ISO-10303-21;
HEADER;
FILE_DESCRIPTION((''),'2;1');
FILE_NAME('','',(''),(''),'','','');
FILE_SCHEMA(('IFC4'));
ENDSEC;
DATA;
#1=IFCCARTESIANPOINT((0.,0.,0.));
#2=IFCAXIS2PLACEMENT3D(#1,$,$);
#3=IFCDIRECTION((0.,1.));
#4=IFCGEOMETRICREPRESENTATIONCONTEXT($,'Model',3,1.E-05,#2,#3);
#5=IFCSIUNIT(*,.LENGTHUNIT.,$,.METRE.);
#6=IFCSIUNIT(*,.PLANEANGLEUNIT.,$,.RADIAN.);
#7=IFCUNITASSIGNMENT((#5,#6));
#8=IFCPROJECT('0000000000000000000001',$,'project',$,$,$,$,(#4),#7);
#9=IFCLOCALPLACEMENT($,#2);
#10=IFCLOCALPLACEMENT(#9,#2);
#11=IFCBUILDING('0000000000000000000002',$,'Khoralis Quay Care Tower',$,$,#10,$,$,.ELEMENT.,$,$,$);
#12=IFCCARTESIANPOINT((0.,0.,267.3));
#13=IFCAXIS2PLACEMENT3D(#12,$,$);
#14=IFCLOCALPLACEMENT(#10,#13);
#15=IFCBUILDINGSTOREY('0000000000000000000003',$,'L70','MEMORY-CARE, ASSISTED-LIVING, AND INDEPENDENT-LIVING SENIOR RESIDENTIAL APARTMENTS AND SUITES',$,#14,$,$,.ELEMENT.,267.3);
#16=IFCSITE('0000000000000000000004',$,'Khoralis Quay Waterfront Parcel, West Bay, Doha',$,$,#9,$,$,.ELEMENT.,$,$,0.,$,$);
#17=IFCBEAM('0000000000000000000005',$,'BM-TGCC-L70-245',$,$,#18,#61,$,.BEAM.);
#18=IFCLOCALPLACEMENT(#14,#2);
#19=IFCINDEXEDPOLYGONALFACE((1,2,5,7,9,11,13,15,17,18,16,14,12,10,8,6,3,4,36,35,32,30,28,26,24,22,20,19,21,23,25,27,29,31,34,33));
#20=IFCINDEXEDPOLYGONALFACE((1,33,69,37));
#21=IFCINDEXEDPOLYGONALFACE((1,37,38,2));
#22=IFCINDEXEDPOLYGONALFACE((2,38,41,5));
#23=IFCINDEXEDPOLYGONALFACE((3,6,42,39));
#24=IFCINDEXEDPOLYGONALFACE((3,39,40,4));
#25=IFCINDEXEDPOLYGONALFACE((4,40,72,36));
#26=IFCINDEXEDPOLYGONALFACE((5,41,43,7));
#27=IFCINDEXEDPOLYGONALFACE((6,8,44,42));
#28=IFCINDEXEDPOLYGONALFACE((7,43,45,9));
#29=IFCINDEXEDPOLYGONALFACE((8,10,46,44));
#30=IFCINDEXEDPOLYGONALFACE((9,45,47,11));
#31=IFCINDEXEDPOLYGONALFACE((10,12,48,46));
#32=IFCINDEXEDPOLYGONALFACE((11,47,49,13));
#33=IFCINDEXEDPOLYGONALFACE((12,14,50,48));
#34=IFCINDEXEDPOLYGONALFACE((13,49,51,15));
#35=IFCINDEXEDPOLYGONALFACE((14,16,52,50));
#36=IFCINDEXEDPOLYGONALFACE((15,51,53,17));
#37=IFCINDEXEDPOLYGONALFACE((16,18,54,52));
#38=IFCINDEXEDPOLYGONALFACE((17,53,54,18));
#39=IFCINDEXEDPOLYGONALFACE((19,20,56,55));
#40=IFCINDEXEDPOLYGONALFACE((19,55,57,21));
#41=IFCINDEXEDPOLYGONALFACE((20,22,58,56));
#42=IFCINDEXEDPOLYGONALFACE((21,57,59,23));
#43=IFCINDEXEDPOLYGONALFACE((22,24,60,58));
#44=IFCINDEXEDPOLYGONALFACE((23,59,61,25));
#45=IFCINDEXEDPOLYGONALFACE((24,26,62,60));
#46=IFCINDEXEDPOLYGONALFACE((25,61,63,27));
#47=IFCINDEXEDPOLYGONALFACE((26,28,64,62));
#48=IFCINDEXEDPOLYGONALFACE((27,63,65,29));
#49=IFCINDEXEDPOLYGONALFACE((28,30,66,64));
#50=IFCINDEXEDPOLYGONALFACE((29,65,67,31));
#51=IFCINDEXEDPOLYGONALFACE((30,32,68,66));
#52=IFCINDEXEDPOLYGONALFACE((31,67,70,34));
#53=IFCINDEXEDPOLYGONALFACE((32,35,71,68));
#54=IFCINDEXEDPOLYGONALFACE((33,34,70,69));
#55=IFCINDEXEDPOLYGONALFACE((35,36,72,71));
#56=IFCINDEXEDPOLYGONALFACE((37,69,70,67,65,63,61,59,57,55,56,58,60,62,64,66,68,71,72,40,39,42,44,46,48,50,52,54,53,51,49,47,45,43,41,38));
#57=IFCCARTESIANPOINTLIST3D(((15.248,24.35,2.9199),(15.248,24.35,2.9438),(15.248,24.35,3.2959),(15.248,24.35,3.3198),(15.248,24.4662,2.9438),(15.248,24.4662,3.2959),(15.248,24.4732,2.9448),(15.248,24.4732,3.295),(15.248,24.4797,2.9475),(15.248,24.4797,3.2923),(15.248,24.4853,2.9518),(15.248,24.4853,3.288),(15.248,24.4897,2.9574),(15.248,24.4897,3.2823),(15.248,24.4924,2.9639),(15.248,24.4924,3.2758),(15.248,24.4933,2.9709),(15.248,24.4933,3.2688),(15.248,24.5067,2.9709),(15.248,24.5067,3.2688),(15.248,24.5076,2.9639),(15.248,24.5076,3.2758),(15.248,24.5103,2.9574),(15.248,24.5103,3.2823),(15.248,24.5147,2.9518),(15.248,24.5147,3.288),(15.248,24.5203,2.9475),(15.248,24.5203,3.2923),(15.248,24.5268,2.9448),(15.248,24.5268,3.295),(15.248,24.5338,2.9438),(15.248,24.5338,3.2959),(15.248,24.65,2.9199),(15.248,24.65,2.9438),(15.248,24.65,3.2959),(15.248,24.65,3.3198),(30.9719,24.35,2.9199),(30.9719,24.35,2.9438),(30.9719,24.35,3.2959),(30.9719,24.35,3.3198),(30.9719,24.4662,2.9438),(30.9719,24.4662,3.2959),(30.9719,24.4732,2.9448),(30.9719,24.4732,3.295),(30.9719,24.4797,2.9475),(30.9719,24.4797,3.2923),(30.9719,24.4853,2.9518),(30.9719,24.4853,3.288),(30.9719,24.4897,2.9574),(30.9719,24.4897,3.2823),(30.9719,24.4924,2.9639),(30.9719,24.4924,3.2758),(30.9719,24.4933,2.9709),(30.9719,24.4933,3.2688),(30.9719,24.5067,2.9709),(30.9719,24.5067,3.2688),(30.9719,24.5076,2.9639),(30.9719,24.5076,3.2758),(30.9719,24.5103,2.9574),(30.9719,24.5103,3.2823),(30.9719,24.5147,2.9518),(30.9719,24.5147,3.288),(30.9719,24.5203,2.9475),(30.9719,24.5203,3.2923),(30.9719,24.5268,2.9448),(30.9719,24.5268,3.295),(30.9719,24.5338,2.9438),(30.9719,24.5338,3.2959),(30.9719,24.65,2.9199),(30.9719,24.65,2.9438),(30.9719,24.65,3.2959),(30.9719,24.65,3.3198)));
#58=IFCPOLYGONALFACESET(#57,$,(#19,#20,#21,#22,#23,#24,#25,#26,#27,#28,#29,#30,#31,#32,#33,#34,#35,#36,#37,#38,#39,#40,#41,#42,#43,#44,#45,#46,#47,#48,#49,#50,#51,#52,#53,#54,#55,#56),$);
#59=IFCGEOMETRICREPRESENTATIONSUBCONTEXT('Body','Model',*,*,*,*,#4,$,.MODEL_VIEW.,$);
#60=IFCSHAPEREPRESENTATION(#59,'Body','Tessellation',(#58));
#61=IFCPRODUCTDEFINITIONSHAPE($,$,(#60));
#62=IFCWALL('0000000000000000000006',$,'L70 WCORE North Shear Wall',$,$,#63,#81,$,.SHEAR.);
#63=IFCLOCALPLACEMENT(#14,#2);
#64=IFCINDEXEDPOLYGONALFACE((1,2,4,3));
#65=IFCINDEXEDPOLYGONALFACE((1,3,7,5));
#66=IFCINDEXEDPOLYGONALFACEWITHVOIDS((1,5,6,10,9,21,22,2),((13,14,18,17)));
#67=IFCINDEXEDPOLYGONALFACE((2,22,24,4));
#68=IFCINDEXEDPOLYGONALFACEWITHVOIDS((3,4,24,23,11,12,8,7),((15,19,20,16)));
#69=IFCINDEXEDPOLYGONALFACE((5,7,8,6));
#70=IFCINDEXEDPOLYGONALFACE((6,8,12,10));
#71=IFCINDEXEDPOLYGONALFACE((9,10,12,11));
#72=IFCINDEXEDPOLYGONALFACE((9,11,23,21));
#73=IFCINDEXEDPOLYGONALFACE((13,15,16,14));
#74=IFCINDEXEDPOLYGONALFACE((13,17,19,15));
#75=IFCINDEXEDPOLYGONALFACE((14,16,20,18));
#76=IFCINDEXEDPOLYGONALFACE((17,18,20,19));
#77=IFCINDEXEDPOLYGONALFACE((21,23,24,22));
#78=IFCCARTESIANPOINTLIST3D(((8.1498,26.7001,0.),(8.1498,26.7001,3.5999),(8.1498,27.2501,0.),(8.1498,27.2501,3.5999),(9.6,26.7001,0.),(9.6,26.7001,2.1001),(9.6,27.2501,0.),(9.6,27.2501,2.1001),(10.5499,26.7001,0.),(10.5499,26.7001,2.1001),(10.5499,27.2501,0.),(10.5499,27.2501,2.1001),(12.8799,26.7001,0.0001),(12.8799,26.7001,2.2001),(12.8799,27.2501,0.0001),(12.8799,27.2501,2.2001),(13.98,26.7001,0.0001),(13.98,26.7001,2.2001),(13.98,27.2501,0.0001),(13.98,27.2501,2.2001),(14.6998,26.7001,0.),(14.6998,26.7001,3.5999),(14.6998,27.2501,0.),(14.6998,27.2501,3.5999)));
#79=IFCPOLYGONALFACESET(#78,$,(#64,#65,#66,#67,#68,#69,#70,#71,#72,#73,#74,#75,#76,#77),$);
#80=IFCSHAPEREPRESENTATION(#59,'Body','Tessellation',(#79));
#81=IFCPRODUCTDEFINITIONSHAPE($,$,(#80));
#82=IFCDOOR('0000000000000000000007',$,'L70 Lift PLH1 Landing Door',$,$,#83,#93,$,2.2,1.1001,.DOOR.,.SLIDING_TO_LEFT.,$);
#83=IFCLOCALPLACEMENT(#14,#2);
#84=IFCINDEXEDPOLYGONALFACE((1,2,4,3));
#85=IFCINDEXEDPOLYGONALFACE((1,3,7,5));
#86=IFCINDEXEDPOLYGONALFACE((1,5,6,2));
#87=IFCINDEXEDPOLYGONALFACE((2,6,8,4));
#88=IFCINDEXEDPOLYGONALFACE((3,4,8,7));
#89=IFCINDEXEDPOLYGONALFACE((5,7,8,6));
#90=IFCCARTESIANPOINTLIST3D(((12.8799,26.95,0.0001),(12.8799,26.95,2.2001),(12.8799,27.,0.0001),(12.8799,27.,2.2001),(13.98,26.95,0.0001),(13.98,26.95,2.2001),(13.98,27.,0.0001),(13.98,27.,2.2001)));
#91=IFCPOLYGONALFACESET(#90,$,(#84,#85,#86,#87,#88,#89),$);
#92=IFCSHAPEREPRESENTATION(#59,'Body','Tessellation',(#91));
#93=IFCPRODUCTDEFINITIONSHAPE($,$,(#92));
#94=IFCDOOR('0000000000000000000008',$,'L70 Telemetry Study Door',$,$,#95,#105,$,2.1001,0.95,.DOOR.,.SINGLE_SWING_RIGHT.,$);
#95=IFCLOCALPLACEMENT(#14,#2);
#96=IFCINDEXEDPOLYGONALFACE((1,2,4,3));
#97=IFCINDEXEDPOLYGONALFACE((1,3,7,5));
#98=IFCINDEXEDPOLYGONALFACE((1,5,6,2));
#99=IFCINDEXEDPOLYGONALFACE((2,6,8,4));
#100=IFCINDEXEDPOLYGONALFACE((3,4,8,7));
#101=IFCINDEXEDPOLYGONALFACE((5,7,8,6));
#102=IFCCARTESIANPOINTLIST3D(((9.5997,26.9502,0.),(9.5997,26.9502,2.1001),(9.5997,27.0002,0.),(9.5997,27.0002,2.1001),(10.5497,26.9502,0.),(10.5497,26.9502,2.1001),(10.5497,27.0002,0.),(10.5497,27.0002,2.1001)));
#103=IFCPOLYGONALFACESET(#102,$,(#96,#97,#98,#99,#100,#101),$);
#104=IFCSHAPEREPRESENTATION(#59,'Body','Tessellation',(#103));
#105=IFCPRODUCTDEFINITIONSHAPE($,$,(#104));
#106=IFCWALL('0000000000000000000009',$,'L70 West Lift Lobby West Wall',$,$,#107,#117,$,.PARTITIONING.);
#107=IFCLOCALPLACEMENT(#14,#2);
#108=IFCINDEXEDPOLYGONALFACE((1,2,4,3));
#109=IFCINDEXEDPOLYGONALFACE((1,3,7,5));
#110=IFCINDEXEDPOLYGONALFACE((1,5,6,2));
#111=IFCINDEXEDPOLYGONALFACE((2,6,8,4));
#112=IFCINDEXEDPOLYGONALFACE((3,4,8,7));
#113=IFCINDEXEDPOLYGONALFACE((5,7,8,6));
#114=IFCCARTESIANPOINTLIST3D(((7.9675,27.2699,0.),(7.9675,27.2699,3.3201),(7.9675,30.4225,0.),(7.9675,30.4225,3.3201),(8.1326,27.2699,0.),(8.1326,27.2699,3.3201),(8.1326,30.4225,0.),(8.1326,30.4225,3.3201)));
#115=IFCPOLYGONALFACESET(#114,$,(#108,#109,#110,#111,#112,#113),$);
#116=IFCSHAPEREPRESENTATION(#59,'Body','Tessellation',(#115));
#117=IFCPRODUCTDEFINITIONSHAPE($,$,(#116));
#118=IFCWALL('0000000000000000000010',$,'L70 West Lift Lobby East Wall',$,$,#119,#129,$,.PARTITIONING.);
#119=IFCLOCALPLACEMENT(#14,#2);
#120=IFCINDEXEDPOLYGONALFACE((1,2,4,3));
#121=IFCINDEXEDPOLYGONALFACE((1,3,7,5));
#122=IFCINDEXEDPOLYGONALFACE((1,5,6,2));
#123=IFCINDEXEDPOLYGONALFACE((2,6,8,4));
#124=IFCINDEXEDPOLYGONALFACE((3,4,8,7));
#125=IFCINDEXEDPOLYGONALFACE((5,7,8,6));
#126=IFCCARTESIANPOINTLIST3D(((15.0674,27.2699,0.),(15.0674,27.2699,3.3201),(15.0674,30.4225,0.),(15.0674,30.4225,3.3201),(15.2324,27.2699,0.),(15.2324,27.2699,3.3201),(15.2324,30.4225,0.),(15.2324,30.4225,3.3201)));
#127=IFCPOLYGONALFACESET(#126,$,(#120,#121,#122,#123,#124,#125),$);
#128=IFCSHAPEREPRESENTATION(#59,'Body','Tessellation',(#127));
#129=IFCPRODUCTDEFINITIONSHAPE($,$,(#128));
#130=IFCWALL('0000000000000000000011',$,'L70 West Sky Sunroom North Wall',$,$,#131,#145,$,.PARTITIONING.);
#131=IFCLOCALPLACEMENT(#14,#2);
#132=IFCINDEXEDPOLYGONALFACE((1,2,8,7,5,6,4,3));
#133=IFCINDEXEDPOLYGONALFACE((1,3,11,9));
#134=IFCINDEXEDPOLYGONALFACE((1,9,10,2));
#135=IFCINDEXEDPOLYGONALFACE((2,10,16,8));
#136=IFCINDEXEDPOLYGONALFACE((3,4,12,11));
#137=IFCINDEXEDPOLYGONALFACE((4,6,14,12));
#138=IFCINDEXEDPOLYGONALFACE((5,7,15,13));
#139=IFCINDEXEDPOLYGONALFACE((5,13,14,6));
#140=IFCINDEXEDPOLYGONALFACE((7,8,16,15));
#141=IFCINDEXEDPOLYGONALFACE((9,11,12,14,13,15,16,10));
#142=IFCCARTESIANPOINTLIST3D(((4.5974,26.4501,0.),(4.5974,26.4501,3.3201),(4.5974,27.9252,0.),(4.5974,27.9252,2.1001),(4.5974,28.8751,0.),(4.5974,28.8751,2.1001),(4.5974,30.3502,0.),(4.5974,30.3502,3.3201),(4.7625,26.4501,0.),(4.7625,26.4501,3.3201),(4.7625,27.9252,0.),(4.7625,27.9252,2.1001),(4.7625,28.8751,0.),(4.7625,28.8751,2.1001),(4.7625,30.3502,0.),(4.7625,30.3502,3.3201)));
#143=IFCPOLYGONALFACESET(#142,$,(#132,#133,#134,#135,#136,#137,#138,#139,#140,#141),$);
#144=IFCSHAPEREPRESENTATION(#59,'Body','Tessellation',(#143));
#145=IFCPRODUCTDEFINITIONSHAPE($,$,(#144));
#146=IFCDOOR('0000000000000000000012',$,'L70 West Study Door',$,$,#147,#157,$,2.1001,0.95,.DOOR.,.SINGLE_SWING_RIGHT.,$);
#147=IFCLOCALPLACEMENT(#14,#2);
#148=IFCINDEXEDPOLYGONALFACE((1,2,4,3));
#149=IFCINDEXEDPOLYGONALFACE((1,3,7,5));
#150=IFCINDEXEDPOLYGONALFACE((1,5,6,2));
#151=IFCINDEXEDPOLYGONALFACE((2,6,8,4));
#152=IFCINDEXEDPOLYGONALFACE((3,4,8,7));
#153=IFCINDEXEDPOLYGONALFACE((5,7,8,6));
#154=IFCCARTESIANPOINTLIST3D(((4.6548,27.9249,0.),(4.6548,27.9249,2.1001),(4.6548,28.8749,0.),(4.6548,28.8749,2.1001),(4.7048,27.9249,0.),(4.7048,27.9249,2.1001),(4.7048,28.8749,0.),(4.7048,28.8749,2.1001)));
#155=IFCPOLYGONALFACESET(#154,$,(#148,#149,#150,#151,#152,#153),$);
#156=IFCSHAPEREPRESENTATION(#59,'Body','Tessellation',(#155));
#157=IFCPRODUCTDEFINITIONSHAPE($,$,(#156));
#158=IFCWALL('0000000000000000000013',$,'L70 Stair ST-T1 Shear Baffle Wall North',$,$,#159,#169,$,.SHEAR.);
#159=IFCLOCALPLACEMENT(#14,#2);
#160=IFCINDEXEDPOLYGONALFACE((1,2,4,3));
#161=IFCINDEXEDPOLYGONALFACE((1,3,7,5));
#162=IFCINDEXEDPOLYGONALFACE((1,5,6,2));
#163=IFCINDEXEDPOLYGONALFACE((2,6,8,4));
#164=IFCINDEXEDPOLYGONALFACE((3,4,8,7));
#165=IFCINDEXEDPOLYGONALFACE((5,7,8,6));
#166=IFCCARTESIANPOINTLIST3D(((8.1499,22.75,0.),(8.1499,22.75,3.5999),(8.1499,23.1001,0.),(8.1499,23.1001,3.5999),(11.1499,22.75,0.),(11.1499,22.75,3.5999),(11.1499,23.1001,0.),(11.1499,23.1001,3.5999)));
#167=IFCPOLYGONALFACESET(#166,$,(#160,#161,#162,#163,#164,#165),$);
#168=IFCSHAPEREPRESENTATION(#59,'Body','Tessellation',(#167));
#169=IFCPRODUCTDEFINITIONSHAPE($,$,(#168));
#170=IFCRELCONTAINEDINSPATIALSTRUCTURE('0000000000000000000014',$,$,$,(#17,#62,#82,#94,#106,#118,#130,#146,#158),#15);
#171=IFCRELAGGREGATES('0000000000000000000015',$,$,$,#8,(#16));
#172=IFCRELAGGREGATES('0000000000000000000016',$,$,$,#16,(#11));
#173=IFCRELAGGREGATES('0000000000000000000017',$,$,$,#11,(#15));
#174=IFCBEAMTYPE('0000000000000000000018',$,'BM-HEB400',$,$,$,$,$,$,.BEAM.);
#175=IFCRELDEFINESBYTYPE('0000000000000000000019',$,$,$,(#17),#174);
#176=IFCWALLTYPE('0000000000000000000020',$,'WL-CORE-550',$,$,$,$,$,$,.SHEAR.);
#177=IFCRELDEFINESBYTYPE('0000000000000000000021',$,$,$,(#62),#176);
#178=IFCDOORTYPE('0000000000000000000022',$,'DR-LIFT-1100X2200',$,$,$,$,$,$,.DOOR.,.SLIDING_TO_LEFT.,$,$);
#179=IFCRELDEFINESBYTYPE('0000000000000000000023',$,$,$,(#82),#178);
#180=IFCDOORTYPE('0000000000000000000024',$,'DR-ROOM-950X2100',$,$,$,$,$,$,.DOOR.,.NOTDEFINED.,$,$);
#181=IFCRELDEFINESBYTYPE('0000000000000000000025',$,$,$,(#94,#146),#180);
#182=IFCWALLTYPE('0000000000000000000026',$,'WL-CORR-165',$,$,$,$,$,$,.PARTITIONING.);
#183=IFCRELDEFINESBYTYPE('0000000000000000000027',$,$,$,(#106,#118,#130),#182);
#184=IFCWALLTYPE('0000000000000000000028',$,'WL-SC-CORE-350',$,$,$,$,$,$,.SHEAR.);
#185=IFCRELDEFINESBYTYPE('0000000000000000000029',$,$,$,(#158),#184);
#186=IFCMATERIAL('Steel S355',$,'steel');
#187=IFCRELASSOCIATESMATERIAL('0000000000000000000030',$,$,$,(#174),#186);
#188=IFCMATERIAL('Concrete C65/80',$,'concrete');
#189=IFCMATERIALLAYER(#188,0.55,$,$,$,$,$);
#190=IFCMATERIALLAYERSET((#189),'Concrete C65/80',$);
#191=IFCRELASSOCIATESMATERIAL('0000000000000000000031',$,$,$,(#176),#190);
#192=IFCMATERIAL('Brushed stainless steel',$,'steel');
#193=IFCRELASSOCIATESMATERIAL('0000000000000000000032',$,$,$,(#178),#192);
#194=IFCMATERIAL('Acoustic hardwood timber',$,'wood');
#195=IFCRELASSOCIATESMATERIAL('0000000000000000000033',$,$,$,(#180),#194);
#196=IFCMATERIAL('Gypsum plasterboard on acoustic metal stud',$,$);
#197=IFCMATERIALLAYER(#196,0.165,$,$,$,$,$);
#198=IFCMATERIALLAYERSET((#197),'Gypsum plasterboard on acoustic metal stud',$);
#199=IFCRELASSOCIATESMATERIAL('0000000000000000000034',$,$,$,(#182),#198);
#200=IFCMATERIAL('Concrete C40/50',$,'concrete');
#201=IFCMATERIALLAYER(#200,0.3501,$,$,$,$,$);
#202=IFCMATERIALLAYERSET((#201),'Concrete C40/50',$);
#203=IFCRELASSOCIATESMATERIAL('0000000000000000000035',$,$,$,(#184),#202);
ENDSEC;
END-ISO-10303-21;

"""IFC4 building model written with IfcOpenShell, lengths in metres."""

from ifc_helpers import new_model, si_unit, direction, frame, frame_2d, origin, origin_2d, place, context, subcontext, project, spatial, rectangle, i_section, extrude, source, transform, mapped, material, layer, layer_set, material_profile, profile_set, type_object, element, fill, save


model = new_model("IFC4")

# Units and contexts
model_context = context("Model", 3, precision=1e-05, world=origin(), true_north=direction((0.0, 1.0)))
body_context = subcontext(model_context, "Body", "Model", "MODEL_VIEW")
ifc_project = project(units=[si_unit("LENGTHUNIT", "METRE"), si_unit("PLANEANGLEUNIT", "RADIAN")], contexts=[model_context])

# Site, building, storey
site_placement = place(None, origin())
site = spatial("IfcSite", under=ifc_project, at=site_placement, Name="Khoralis Quay Waterfront Parcel, West Bay, Doha", CompositionType="ELEMENT", RefElevation=0.0)
building_placement = place(site_placement, origin())
building = spatial("IfcBuilding", under=site, at=building_placement, Name="Khoralis Quay Care Tower", CompositionType="ELEMENT")
storey_placement = place(building_placement, frame((0.0, 0.0, 267.3)))
storey = spatial("IfcBuildingStorey", under=building, at=storey_placement, Name="L70", Description="MEMORY-CARE, ASSISTED-LIVING, AND INDEPENDENT-LIVING SENIOR RESIDENTIAL APARTMENTS AND SUITES", CompositionType="ELEMENT", Elevation=267.3)

# Beam
ifc_material_1 = material(Name="Steel S355", Category="steel")
ifc_material_profile_1 = material_profile(ifc_material_1, i_section(OverallWidth=0.3, OverallDepth=0.3999, WebThickness=0.0134, FlangeThickness=0.0239, FilletRadius=0.0271, at=origin_2d()), Name="Steel S355")
ifc_profile_set_1 = profile_set([ifc_material_profile_1], Name="Steel S355")
beam_type_1 = type_object("IfcBeamType", Name="BM-HEB400", PredefinedType="BEAM", material=ifc_profile_set_1)
shared_shape_1 = source(origin(), body_context, "Body", "SweptSolid", [
    extrude(i_section(OverallWidth=0.3, OverallDepth=0.3999, WebThickness=0.0134, FlangeThickness=0.0239, FilletRadius=0.0271, at=origin_2d()), origin(), (0.0, 0.0, 1.0), 15.7239),
])
beam_1_placement = place(storey_placement, frame((15.248, 24.5, 3.1199), z_axis=(1.0, 0.0, 0.0), x_axis=(0.0, 1.0, 0.0)))
element("IfcBeam", 1, at=beam_1_placement, inside=storey, type_object=beam_type_1, Name="BM-TGCC-L70-245", PredefinedType="BEAM", context=body_context, shape_type="MappedRepresentation", body=[
    mapped(shared_shape_1, transform((0.0, 0.0, 0.0), scale=1.0)),
])

# Wall, openings, doors
ifc_material_2 = material(Name="Concrete C65/80", Category="concrete")
ifc_layer_1 = layer(ifc_material_2, 0.55)
ifc_layer_set_1 = layer_set([ifc_layer_1], Name="Concrete C65/80")
wall_type_1 = type_object("IfcWallType", Name="WL-CORE-550", PredefinedType="SHEAR", material=ifc_layer_set_1)
wall_1_placement = place(storey_placement, frame((8.1499, 26.9751, 0.0), z_axis=(0.0, 0.0, 1.0), x_axis=(1.0, 0.0, 0.0)))
wall_1 = element("IfcWall", 2, at=wall_1_placement, inside=storey, type_object=wall_type_1, Name="L70 WCORE North Shear Wall", PredefinedType="SHEAR", context=body_context, shape_type="SweptSolid", body=[
    extrude(rectangle(XDim=6.55, YDim=0.55, at=frame_2d((3.2749, 0.0))), origin(), (0.0, 0.0, 1.0), 3.5999),
])
opening_1_placement = place(wall_1_placement, frame((1.45, 0.0, 0.0)))
opening_1 = element("IfcOpeningElement", 3, at=opening_1_placement, cuts=wall_1, PredefinedType="OPENING", context=body_context, shape_type="SweptSolid", body=[
    extrude(rectangle(XDim=0.95, YDim=2.1001, at=frame_2d((0.4751, 1.05))), frame((0.0, 0.2852, 0.0), z_axis=(0.0, -1.0, 0.0), x_axis=(1.0, 0.0, 0.0)), (0.0, 0.0, 1.0), 0.5701),
])
opening_2_placement = place(wall_1_placement, frame((4.73, 0.0, 0.0)))
opening_2 = element("IfcOpeningElement", 4, at=opening_2_placement, cuts=wall_1, PredefinedType="OPENING", context=body_context, shape_type="SweptSolid", body=[
    extrude(rectangle(XDim=1.1001, YDim=2.2, at=frame_2d((0.55, 1.1001))), frame((0.0, 0.2852, 0.0), z_axis=(0.0, -1.0, 0.0), x_axis=(1.0, 0.0, 0.0)), (0.0, 0.0, 1.0), 0.5701),
])
ifc_material_3 = material(Name="Brushed stainless steel", Category="steel")
door_type_1 = type_object("IfcDoorType", Name="DR-LIFT-1100X2200", OperationType="SLIDING_TO_LEFT", PredefinedType="DOOR", material=ifc_material_3)
shared_shape_2 = source(origin(), body_context, "Body", "SweptSolid", [
    extrude(rectangle(XDim=1.1001, YDim=2.2, at=frame_2d((0.55, 1.1001))), frame((0.0, 0.0249, 0.0), z_axis=(0.0, -1.0, 0.0), x_axis=(1.0, 0.0, 0.0)), (0.0, 0.0, 1.0), 0.05),
])
door_1_placement = place(opening_2_placement, origin())
door_1 = element("IfcDoor", 5, at=door_1_placement, inside=storey, type_object=door_type_1, Name="L70 Lift PLH1 Landing Door", OperationType="SLIDING_TO_LEFT", OverallHeight=2.2, OverallWidth=1.1001, PredefinedType="DOOR", context=body_context, shape_type="MappedRepresentation", body=[
    mapped(shared_shape_2, transform((0.0, 0.0, 0.0), scale=1.0)),
])
fill(opening_2, door_1)
ifc_material_4 = material(Name="Acoustic hardwood timber", Category="wood")
door_type_2 = type_object("IfcDoorType", Name="DR-ROOM-950X2100", OperationType="NOTDEFINED", PredefinedType="DOOR", material=ifc_material_4)
shared_shape_3 = source(origin(), body_context, "Body", "SweptSolid", [
    extrude(rectangle(XDim=0.95, YDim=2.1001, at=frame_2d((0.4751, 1.05))), frame((0.0, 0.0249, 0.0), z_axis=(0.0, -1.0, 0.0), x_axis=(1.0, 0.0, 0.0)), (0.0, 0.0, 1.0), 0.05),
])
door_2_placement = place(opening_1_placement, frame((0.95, 0.0, 0.0), z_axis=(0.0, 0.0, 1.0), x_axis=(-1.0, 0.0, 0.0)))
door_2 = element("IfcDoor", 6, at=door_2_placement, inside=storey, type_object=door_type_2, Name="L70 Telemetry Study Door", OperationType="SINGLE_SWING_RIGHT", OverallHeight=2.1001, OverallWidth=0.95, PredefinedType="DOOR", context=body_context, shape_type="MappedRepresentation", body=[
    mapped(shared_shape_3, transform((0.0, 0.0, 0.0), scale=1.0)),
])
fill(opening_1, door_2)

# Walls
ifc_material_5 = material(Name="Gypsum plasterboard on acoustic metal stud")
ifc_layer_2 = layer(ifc_material_5, 0.165)
ifc_layer_set_2 = layer_set([ifc_layer_2], Name="Gypsum plasterboard on acoustic metal stud")
wall_type_2 = type_object("IfcWallType", Name="WL-CORR-165", PredefinedType="PARTITIONING", material=ifc_layer_set_2)
for number, where, z_axis, x_axis, name in (
    (7, (8.05, 27.27, 0.0), (0.0, 0.0, 1.0), (0.0, 1.0, 0.0), "L70 West Lift Lobby West Wall"),
    (8, (15.1499, 27.27, 0.0), (0.0, 0.0, 1.0), (0.0, 1.0, 0.0), "L70 West Lift Lobby East Wall"),
):
    element("IfcWall", number, at=place(storey_placement, frame(where, z_axis=z_axis, x_axis=x_axis)), inside=storey, type_object=wall_type_2, Name=name, PredefinedType="PARTITIONING", context=body_context, shape_type="SweptSolid", body=[
        extrude(rectangle(XDim=3.1526, YDim=0.165, at=frame_2d((1.5762, 0.0))), origin(), (0.0, 0.0, 1.0), 3.3201),
    ])

# Wall, opening, door
wall_2_placement = place(storey_placement, frame((4.6799, 26.45, 0.0), z_axis=(0.0, 0.0, 1.0), x_axis=(0.0, 1.0, 0.0)))
wall_2 = element("IfcWall", 9, at=wall_2_placement, inside=storey, type_object=wall_type_2, Name="L70 West Sky Sunroom North Wall", PredefinedType="PARTITIONING", context=body_context, shape_type="SweptSolid", body=[
    extrude(rectangle(XDim=3.9001, YDim=0.165, at=frame_2d((1.9502, 0.0))), origin(), (0.0, 0.0, 1.0), 3.3201),
])
opening_3_placement = place(wall_2_placement, frame((1.4751, 0.0, 0.0)))
opening_3 = element("IfcOpeningElement", 10, at=opening_3_placement, cuts=wall_2, PredefinedType="OPENING", context=body_context, shape_type="SweptSolid", body=[
    extrude(rectangle(XDim=0.95, YDim=2.1001, at=frame_2d((0.4751, 1.05))), frame((0.0, 0.0925, 0.0), z_axis=(0.0, -1.0, 0.0), x_axis=(1.0, 0.0, 0.0)), (0.0, 0.0, 1.0), 0.1851),
])
door_3_placement = place(opening_3_placement, frame((0.95, 0.0, 0.0), z_axis=(0.0, 0.0, 1.0), x_axis=(-1.0, 0.0, 0.0)))
door_3 = element("IfcDoor", 11, at=door_3_placement, inside=storey, type_object=door_type_2, Name="L70 West Study Door", OperationType="SINGLE_SWING_RIGHT", OverallHeight=2.1001, OverallWidth=0.95, PredefinedType="DOOR", context=body_context, shape_type="MappedRepresentation", body=[
    mapped(shared_shape_3, transform((0.0, 0.0, 0.0), scale=1.0)),
])
fill(opening_3, door_3)

# Wall
ifc_material_6 = material(Name="Concrete C40/50", Category="concrete")
ifc_layer_3 = layer(ifc_material_6, 0.3501)
ifc_layer_set_3 = layer_set([ifc_layer_3], Name="Concrete C40/50")
wall_type_3 = type_object("IfcWallType", Name="WL-SC-CORE-350", PredefinedType="SHEAR", material=ifc_layer_set_3)
wall_3_placement = place(storey_placement, frame((8.1499, 22.925, 0.0), z_axis=(0.0, 0.0, 1.0), x_axis=(1.0, 0.0, 0.0)))
element("IfcWall", 12, at=wall_3_placement, inside=storey, type_object=wall_type_3, Name="L70 Stair ST-T1 Shear Baffle Wall North", PredefinedType="SHEAR", context=body_context, shape_type="SweptSolid", body=[
    extrude(rectangle(XDim=3.0, YDim=0.3501, at=frame_2d((1.5, 0.0))), origin(), (0.0, 0.0, 1.0), 3.5999),
])

save(model, "model.ifc")
